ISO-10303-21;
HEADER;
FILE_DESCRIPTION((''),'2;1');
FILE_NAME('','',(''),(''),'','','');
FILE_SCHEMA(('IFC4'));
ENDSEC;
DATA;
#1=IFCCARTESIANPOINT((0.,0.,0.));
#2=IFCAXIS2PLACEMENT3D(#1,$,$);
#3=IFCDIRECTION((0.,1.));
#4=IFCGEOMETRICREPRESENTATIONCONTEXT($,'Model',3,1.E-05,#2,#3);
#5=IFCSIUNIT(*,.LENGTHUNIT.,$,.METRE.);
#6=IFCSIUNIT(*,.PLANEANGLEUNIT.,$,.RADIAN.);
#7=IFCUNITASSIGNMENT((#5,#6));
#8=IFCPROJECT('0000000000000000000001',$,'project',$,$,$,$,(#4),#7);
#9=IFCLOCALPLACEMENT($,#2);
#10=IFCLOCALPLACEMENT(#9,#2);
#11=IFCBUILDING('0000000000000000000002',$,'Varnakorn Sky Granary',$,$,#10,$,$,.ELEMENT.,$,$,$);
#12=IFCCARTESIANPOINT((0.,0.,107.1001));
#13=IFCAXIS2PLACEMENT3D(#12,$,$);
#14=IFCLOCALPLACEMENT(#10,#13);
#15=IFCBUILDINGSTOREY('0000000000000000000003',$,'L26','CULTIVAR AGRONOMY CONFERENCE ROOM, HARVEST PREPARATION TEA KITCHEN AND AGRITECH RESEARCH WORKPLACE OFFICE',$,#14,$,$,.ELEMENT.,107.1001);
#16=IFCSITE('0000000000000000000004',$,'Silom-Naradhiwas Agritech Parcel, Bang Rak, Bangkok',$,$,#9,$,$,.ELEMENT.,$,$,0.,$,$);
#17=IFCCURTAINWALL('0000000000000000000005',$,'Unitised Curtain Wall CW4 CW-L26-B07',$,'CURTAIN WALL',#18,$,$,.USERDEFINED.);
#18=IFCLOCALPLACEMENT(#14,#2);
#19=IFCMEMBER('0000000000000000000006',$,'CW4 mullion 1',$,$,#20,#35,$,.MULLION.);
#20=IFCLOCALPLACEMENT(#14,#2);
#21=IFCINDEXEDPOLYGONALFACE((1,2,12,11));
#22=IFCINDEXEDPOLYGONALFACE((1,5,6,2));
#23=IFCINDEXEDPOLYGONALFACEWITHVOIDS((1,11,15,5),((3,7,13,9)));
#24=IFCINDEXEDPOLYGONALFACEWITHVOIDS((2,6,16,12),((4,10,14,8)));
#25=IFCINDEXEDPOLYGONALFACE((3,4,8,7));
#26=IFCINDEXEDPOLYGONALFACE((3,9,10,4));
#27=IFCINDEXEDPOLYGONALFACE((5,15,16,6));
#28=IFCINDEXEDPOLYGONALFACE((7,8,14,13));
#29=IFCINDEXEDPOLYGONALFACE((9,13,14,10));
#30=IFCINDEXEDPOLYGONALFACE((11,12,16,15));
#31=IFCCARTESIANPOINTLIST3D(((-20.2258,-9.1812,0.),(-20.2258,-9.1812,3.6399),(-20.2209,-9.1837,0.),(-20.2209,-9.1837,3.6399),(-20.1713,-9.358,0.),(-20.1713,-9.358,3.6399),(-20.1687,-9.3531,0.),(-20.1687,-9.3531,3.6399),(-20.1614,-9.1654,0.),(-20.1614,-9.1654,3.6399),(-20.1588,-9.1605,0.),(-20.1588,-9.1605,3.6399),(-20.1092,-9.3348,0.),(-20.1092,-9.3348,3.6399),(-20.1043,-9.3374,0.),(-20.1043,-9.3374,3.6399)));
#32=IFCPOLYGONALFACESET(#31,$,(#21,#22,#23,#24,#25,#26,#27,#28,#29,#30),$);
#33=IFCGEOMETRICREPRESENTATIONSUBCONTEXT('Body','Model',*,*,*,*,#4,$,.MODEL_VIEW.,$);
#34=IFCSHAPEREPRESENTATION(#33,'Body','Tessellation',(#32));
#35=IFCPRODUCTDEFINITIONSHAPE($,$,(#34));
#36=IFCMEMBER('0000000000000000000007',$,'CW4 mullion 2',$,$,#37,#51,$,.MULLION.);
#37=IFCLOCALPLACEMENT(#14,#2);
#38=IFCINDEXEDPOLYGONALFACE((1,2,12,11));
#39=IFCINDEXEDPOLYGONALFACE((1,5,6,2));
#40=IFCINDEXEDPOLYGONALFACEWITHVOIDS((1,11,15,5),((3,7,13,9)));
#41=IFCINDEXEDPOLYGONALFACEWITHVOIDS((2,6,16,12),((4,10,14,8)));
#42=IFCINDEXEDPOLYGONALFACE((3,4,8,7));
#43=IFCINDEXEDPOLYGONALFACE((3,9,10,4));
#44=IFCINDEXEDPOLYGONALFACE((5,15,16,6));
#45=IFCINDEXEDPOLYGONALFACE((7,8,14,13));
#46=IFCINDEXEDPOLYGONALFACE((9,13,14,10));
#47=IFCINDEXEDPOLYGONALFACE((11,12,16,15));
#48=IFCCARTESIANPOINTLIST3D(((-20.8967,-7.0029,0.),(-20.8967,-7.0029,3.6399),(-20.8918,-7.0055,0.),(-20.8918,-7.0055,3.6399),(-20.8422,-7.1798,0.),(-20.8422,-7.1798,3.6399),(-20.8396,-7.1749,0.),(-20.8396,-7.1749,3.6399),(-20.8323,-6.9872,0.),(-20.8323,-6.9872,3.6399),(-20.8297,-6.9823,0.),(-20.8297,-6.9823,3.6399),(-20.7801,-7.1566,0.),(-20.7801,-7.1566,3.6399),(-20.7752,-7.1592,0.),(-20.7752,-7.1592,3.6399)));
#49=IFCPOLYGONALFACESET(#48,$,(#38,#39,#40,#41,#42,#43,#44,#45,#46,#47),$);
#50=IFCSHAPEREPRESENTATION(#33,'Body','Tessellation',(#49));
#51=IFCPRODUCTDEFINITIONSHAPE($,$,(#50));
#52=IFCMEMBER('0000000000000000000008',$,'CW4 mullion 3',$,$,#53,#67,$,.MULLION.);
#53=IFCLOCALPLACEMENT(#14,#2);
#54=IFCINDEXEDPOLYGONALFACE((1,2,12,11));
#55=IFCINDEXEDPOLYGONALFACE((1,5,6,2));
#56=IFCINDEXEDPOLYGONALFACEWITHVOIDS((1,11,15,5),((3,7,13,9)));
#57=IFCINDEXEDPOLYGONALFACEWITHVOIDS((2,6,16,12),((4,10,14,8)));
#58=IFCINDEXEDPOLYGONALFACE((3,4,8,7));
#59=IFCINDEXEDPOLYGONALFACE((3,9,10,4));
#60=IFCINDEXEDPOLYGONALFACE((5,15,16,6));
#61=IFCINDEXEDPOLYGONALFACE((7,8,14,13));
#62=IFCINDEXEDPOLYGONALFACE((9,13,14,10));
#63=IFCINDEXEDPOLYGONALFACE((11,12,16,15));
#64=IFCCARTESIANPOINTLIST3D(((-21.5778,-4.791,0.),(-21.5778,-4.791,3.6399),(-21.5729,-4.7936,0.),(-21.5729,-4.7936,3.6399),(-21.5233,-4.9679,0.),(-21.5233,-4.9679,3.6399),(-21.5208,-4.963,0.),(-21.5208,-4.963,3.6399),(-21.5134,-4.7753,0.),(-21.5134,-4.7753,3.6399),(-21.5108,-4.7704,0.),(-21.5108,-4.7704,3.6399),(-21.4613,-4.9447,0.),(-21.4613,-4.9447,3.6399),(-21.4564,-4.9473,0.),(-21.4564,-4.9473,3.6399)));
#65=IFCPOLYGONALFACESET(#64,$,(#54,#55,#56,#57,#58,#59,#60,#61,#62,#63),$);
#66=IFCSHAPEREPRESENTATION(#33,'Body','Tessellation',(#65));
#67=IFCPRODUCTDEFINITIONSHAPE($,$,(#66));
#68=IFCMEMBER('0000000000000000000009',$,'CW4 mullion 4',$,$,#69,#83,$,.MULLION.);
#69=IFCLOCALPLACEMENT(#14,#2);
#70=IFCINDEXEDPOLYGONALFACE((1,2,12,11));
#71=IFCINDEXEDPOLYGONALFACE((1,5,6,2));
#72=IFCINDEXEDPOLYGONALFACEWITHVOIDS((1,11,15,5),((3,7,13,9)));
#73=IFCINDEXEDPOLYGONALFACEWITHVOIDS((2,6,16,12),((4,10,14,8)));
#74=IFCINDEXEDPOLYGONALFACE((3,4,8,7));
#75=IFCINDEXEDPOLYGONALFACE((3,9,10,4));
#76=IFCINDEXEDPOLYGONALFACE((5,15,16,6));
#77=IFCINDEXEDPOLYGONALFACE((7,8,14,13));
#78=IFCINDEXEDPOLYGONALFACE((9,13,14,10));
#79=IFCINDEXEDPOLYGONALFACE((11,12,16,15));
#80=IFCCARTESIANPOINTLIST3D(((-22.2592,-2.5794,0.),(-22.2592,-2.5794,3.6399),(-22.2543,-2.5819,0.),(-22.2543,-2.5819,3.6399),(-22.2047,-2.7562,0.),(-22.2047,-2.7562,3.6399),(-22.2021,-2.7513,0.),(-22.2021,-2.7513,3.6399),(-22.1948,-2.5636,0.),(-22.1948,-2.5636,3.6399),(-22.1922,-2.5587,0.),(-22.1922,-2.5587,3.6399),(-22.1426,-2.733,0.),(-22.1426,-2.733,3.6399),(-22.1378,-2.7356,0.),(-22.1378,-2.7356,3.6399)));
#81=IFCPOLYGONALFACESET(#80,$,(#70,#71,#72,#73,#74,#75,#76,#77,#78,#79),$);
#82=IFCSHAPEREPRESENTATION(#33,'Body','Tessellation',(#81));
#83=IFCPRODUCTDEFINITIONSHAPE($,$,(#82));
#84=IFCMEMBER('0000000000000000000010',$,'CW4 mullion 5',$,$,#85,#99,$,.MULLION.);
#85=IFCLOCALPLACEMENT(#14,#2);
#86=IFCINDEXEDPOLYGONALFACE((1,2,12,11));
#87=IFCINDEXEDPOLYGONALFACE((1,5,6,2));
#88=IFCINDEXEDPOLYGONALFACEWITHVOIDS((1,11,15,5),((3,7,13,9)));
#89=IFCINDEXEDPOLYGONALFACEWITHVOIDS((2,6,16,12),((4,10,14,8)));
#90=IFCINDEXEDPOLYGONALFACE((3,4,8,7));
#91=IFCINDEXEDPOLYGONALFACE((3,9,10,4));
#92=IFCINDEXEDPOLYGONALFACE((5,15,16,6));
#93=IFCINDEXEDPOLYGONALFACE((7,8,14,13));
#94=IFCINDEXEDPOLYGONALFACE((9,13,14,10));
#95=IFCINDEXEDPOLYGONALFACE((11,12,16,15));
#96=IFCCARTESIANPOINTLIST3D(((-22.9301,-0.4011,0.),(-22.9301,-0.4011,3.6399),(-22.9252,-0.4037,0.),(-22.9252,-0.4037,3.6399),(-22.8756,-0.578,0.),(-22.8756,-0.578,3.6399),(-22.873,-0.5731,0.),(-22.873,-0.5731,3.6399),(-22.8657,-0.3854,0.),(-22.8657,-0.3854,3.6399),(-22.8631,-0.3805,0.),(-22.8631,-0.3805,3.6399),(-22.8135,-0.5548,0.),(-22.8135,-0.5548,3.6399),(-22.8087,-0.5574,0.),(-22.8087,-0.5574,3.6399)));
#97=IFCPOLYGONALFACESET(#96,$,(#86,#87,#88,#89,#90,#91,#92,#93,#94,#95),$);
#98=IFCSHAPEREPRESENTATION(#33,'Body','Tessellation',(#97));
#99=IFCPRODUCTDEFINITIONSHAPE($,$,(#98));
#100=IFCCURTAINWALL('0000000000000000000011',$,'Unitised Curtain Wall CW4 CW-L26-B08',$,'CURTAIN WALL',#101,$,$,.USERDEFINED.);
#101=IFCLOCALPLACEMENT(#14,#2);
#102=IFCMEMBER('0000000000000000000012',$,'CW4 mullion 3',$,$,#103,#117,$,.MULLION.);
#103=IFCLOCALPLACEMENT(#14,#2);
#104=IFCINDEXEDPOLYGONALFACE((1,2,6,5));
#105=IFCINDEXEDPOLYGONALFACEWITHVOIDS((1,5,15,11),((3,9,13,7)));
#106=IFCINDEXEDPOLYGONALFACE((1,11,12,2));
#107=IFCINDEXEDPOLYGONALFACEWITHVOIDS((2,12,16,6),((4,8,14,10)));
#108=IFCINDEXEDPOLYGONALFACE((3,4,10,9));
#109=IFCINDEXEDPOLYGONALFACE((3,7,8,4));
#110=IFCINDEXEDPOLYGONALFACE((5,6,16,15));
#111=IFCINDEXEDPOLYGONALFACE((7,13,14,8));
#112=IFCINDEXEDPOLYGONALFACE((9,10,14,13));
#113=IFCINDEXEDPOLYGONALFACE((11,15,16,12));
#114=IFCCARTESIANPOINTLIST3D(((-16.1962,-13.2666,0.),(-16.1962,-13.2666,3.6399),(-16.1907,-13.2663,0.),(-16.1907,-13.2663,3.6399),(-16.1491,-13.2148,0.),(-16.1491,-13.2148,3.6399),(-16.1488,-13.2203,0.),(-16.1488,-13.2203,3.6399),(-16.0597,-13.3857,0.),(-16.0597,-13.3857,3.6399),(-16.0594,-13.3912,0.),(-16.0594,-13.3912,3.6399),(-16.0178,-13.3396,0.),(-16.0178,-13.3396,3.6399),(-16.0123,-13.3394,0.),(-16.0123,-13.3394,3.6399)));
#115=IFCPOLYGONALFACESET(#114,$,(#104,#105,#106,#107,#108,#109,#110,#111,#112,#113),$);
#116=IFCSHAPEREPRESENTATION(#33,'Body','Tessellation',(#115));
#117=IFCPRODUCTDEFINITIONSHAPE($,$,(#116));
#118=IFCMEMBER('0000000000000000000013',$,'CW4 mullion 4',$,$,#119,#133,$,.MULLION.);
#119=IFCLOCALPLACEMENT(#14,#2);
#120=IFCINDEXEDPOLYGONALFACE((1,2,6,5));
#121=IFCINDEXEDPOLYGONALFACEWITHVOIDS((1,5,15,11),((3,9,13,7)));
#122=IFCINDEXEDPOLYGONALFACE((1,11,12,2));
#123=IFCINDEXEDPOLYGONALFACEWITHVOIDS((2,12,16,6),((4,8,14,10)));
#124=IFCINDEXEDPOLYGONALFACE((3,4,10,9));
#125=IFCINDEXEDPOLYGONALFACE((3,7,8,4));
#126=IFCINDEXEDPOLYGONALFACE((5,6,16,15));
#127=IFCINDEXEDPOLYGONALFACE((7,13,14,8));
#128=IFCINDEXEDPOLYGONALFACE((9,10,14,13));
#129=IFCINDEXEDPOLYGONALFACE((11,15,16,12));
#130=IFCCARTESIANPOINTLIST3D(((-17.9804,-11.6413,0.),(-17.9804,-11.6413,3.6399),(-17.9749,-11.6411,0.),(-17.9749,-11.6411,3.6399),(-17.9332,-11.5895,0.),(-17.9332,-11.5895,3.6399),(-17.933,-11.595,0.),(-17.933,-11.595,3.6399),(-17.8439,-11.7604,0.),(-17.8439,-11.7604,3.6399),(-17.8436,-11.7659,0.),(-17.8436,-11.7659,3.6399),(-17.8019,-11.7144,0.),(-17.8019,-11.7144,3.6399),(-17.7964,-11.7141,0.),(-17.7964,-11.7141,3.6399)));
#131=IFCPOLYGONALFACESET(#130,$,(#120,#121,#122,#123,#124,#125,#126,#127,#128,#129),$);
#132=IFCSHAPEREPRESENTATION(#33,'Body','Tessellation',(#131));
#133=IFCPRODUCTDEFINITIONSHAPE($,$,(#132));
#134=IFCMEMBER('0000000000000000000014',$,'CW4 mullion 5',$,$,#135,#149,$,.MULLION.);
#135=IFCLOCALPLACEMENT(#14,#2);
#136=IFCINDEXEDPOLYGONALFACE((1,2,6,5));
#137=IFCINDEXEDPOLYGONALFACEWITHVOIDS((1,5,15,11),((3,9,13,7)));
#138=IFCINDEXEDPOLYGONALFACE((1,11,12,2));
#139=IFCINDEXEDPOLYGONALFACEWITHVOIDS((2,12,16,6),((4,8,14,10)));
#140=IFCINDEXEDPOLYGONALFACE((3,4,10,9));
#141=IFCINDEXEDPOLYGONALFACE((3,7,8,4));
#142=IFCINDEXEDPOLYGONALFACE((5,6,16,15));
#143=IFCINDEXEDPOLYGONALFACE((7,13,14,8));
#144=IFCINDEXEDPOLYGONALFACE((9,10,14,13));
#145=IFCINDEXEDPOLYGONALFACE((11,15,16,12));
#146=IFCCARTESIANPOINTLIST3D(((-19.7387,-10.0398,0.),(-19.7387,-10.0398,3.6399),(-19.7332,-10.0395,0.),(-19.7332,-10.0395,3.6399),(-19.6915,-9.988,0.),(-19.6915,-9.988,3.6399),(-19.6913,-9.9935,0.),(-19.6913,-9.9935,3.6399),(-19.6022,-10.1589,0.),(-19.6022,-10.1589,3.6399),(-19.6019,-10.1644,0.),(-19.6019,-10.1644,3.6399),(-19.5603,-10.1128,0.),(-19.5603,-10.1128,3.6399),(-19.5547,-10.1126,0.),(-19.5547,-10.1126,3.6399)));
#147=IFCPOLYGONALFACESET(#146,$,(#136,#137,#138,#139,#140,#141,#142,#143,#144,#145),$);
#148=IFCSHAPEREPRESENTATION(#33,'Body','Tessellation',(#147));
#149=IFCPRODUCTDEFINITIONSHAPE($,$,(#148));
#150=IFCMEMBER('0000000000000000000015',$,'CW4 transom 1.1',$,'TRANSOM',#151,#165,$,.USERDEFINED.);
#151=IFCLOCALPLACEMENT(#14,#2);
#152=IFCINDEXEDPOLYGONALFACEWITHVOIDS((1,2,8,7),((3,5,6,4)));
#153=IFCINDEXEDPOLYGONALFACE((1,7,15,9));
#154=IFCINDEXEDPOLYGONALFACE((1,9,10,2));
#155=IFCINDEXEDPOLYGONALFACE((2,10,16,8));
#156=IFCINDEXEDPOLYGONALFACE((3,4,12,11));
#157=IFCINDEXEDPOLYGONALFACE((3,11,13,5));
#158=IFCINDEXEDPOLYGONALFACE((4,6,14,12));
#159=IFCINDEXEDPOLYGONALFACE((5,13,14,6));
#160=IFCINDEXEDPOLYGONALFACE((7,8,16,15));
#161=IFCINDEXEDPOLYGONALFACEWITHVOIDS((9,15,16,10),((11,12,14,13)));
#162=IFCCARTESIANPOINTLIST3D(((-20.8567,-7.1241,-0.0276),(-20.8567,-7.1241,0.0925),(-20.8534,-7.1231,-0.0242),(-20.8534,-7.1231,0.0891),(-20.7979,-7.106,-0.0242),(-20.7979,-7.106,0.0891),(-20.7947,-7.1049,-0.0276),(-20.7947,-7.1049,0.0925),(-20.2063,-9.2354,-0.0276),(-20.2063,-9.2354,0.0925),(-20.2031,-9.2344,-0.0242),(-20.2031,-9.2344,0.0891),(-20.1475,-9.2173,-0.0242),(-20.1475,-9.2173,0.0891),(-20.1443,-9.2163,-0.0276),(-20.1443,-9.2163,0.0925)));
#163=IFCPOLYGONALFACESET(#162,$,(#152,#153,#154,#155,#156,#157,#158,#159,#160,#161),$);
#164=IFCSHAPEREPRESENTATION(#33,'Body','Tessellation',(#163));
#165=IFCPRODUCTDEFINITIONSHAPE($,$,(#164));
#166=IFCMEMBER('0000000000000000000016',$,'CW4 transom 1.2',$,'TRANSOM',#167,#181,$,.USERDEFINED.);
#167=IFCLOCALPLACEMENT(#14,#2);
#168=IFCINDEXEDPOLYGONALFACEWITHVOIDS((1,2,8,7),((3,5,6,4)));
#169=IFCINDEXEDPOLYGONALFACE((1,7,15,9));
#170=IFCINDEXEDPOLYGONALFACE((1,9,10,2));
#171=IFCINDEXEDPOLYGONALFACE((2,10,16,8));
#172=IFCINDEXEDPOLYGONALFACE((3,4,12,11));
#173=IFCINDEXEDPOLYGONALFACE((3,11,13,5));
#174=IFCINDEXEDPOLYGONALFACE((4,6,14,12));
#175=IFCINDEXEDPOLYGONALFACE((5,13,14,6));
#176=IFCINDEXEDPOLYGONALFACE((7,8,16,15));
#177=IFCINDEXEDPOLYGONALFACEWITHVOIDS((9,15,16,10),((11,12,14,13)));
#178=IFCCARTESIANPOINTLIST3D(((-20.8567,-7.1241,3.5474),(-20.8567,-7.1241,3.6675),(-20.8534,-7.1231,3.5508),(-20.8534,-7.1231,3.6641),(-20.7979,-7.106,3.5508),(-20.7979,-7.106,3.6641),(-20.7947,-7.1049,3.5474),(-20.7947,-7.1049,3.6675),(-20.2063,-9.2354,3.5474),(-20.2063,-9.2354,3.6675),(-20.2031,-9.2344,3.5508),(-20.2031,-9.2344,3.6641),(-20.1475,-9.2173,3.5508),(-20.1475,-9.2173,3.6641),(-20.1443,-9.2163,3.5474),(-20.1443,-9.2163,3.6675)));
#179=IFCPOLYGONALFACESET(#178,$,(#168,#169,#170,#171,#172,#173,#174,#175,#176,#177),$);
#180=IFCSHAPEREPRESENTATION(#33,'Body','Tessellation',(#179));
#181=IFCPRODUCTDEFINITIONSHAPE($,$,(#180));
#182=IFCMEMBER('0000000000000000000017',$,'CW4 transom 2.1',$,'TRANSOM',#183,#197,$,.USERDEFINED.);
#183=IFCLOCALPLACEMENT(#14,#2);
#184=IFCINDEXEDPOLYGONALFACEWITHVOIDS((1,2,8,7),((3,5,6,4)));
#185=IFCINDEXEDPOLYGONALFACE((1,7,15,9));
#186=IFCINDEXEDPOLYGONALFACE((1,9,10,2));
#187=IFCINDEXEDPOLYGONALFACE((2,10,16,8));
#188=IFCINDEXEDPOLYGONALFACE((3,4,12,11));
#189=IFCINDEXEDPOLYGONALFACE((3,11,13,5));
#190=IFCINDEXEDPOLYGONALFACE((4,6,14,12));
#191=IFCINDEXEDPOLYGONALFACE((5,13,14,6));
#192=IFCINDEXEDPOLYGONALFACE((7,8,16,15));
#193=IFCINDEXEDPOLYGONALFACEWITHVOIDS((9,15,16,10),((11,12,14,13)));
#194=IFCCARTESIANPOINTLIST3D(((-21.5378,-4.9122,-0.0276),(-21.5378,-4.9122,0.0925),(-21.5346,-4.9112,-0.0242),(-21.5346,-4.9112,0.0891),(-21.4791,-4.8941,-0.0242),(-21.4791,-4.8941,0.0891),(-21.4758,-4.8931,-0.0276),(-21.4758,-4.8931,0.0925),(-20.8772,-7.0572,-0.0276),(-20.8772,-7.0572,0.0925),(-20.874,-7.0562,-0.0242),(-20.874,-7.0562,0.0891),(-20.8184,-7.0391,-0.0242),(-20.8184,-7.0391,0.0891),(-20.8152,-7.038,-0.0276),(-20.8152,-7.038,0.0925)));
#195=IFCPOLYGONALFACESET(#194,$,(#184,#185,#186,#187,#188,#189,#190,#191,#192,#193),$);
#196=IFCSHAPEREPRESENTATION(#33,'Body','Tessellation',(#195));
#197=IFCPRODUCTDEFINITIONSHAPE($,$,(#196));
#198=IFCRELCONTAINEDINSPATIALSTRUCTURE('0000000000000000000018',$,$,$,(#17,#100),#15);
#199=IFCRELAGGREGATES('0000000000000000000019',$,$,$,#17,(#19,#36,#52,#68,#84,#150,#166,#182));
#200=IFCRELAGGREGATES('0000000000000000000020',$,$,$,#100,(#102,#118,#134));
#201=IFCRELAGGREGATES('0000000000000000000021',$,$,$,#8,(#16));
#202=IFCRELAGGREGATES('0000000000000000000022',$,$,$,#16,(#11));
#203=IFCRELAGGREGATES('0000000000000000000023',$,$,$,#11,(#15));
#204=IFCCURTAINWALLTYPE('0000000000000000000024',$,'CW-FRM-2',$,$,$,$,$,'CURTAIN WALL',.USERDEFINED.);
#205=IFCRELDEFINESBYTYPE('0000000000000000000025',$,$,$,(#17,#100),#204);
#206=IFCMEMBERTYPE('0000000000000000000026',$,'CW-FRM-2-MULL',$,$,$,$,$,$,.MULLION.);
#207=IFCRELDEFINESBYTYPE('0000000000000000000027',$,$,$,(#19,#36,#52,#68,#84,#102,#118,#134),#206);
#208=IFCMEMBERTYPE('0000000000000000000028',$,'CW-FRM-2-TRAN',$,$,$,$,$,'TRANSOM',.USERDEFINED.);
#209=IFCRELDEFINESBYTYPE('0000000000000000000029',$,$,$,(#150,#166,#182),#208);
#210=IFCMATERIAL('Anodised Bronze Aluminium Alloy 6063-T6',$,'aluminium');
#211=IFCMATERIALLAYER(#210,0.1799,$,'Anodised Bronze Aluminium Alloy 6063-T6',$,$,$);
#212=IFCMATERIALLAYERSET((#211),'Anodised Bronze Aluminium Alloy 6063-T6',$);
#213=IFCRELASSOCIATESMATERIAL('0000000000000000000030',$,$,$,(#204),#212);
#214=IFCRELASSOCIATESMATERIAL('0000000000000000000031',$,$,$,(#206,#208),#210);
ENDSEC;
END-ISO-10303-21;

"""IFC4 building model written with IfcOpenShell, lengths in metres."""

from ifc_helpers import new_model, si_unit, direction, frame, origin, origin_2d, place, context, subcontext, project, spatial, hollow_rectangle, extrude, material, layer, layer_set, material_profile, profile_set, type_object, element, aggregate, save


model = new_model("IFC4")

# Units and contexts
model_context = context("Model", 3, precision=1e-05, world=origin(), true_north=direction((0.0, 1.0)))
body_context = subcontext(model_context, "Body", "Model", "MODEL_VIEW")
ifc_project = project(units=[si_unit("LENGTHUNIT", "METRE"), si_unit("PLANEANGLEUNIT", "RADIAN")], contexts=[model_context])

# Site, building, storey
site_placement = place(None, origin())
site = spatial("IfcSite", under=ifc_project, at=site_placement, Name="Silom-Naradhiwas Agritech Parcel, Bang Rak, Bangkok", CompositionType="ELEMENT", RefElevation=0.0)
building_placement = place(site_placement, origin())
building = spatial("IfcBuilding", under=site, at=building_placement, Name="Varnakorn Sky Granary", CompositionType="ELEMENT")
storey_placement = place(building_placement, frame((0.0, 0.0, 107.1001)))
storey = spatial("IfcBuildingStorey", under=building, at=storey_placement, Name="L26", Description="CULTIVAR AGRONOMY CONFERENCE ROOM, HARVEST PREPARATION TEA KITCHEN AND AGRITECH RESEARCH WORKPLACE OFFICE", CompositionType="ELEMENT", Elevation=107.1001)

# Curtain walls, members
ifc_material_1 = material(Name="Anodised Bronze Aluminium Alloy 6063-T6", Category="aluminium")
ifc_layer_1 = layer(ifc_material_1, 0.1799, Name="Anodised Bronze Aluminium Alloy 6063-T6")
ifc_layer_set_1 = layer_set([ifc_layer_1], Name="Anodised Bronze Aluminium Alloy 6063-T6")
curtain_wall_type = type_object("IfcCurtainWallType", Name="CW-FRM-2", ElementType="CURTAIN WALL", PredefinedType="USERDEFINED", material=ifc_layer_set_1)
curtain_wall_1_placement = place(storey_placement, origin())
curtain_wall_1 = element("IfcCurtainWall", 1, at=curtain_wall_1_placement, inside=storey, type_object=curtain_wall_type, Name="Unitised Curtain Wall CW4 CW-L26-B07", ObjectType="CURTAIN WALL", PredefinedType="USERDEFINED")
ifc_material_profile_1 = material_profile(ifc_material_1, hollow_rectangle(XDim=0.0701, YDim=0.1851, WallThickness=0.0039, at=origin_2d()), Name="ALU MULL 70x185")
ifc_profile_set_1 = profile_set([ifc_material_profile_1], Name="Anodised Bronze Aluminium Alloy 6063-T6")
member_type_1 = type_object("IfcMemberType", Name="CW-FRM-2-MULL", PredefinedType="MULLION", material=ifc_profile_set_1)
member_1_placement = place(storey_placement, frame((-20.165, -9.2593, 0.0), z_axis=(0.0, 0.0, 1.0), x_axis=(-0.955692, -0.29437, 0.0)))
member_1 = element("IfcMember", 2, at=member_1_placement, type_object=member_type_1, Name="CW4 mullion 1", PredefinedType="MULLION", context=body_context, shape_type="SweptSolid", body=[
    extrude(hollow_rectangle(XDim=0.0701, YDim=0.1851, WallThickness=0.0039, at=origin_2d()), origin(), (0.0, 0.0, 1.0), 3.6399),
])
member_2_placement = place(storey_placement, frame((-20.8359, -7.0811, 0.0), z_axis=(0.0, 0.0, 1.0), x_axis=(-0.955692, -0.29437, 0.0)))
member_2 = element("IfcMember", 3, at=member_2_placement, type_object=member_type_1, Name="CW4 mullion 2", PredefinedType="MULLION", context=body_context, shape_type="SweptSolid", body=[
    extrude(hollow_rectangle(XDim=0.0701, YDim=0.1851, WallThickness=0.0039, at=origin_2d()), origin(), (0.0, 0.0, 1.0), 3.6399),
])
member_3_placement = place(storey_placement, frame((-21.5171, -4.8691, 0.0), z_axis=(0.0, 0.0, 1.0), x_axis=(-0.955692, -0.29437, 0.0)))
member_3 = element("IfcMember", 4, at=member_3_placement, type_object=member_type_1, Name="CW4 mullion 3", PredefinedType="MULLION", context=body_context, shape_type="SweptSolid", body=[
    extrude(hollow_rectangle(XDim=0.0701, YDim=0.1851, WallThickness=0.0039, at=origin_2d()), origin(), (0.0, 0.0, 1.0), 3.6399),
])
member_4_placement = place(storey_placement, frame((-22.1985, -2.6575, 0.0), z_axis=(0.0, 0.0, 1.0), x_axis=(-0.955692, -0.29437, 0.0)))
member_4 = element("IfcMember", 5, at=member_4_placement, type_object=member_type_1, Name="CW4 mullion 4", PredefinedType="MULLION", context=body_context, shape_type="SweptSolid", body=[
    extrude(hollow_rectangle(XDim=0.0701, YDim=0.1851, WallThickness=0.0039, at=origin_2d()), origin(), (0.0, 0.0, 1.0), 3.6399),
])
member_5_placement = place(storey_placement, frame((-22.8694, -0.4792, 0.0), z_axis=(0.0, 0.0, 1.0), x_axis=(-0.955692, -0.29437, 0.0)))
member_5 = element("IfcMember", 6, at=member_5_placement, type_object=member_type_1, Name="CW4 mullion 5", PredefinedType="MULLION", context=body_context, shape_type="SweptSolid", body=[
    extrude(hollow_rectangle(XDim=0.0701, YDim=0.1851, WallThickness=0.0039, at=origin_2d()), origin(), (0.0, 0.0, 1.0), 3.6399),
])
curtain_wall_2_placement = place(storey_placement, origin())
curtain_wall_2 = element("IfcCurtainWall", 7, at=curtain_wall_2_placement, inside=storey, type_object=curtain_wall_type, Name="Unitised Curtain Wall CW4 CW-L26-B08", ObjectType="CURTAIN WALL", PredefinedType="USERDEFINED")
member_6_placement = place(storey_placement, frame((-16.1042, -13.303, 0.0), z_axis=(0.0, 0.0, 1.0), x_axis=(-0.673414, -0.739265, 0.0)))
member_6 = element("IfcMember", 8, at=member_6_placement, type_object=member_type_1, Name="CW4 mullion 3", PredefinedType="MULLION", context=body_context, shape_type="SweptSolid", body=[
    extrude(hollow_rectangle(XDim=0.0701, YDim=0.1851, WallThickness=0.0039, at=origin_2d()), origin(), (0.0, 0.0, 1.0), 3.6399),
])
member_7_placement = place(storey_placement, frame((-17.8884, -11.6777, 0.0), z_axis=(0.0, 0.0, 1.0), x_axis=(-0.673414, -0.739265, 0.0)))
member_7 = element("IfcMember", 9, at=member_7_placement, type_object=member_type_1, Name="CW4 mullion 4", PredefinedType="MULLION", context=body_context, shape_type="SweptSolid", body=[
    extrude(hollow_rectangle(XDim=0.0701, YDim=0.1851, WallThickness=0.0039, at=origin_2d()), origin(), (0.0, 0.0, 1.0), 3.6399),
])
member_8_placement = place(storey_placement, frame((-19.6467, -10.0762, 0.0), z_axis=(0.0, 0.0, 1.0), x_axis=(-0.673414, -0.739265, 0.0)))
member_8 = element("IfcMember", 10, at=member_8_placement, type_object=member_type_1, Name="CW4 mullion 5", PredefinedType="MULLION", context=body_context, shape_type="SweptSolid", body=[
    extrude(hollow_rectangle(XDim=0.0701, YDim=0.1851, WallThickness=0.0039, at=origin_2d()), origin(), (0.0, 0.0, 1.0), 3.6399),
])

# Members
ifc_material_profile_2 = material_profile(ifc_material_1, hollow_rectangle(XDim=0.0649, YDim=0.1201, WallThickness=0.0034, at=origin_2d()), Name="ALU TRAN 65x120")
ifc_profile_set_2 = profile_set([ifc_material_profile_2], Name="Anodised Bronze Aluminium Alloy 6063-T6")
member_type_2 = type_object("IfcMemberType", Name="CW-FRM-2-TRAN", ElementType="TRANSOM", PredefinedType="USERDEFINED", material=ifc_profile_set_2)
member_9_placement = place(storey_placement, frame((-20.1753, -9.2258, 0.0325), z_axis=(-0.294396, 0.955683, 0.0), x_axis=(-0.955683, -0.294396, 0.0)))
member_9 = element("IfcMember", 11, at=member_9_placement, type_object=member_type_2, Name="CW4 transom 1.1", ObjectType="TRANSOM", PredefinedType="USERDEFINED", context=body_context, shape_type="SweptSolid", body=[
    extrude(hollow_rectangle(XDim=0.0649, YDim=0.1201, WallThickness=0.0034, at=origin_2d()), origin(), (0.0, 0.0, 1.0), 2.2092),
])
member_10_placement = place(storey_placement, frame((-20.1753, -9.2258, 3.6074), z_axis=(-0.294396, 0.955683, 0.0), x_axis=(-0.955683, -0.294396, 0.0)))
member_10 = element("IfcMember", 12, at=member_10_placement, type_object=member_type_2, Name="CW4 transom 1.2", ObjectType="TRANSOM", PredefinedType="USERDEFINED", context=body_context, shape_type="SweptSolid", body=[
    extrude(hollow_rectangle(XDim=0.0649, YDim=0.1201, WallThickness=0.0034, at=origin_2d()), origin(), (0.0, 0.0, 1.0), 2.2092),
])
member_11_placement = place(storey_placement, frame((-20.8462, -7.0476, 0.0325), z_axis=(-0.294346, 0.955699, 0.0), x_axis=(-0.955699, -0.294346, 0.0)))
member_11 = element("IfcMember", 13, at=member_11_placement, type_object=member_type_2, Name="CW4 transom 2.1", ObjectType="TRANSOM", PredefinedType="USERDEFINED", context=body_context, shape_type="SweptSolid", body=[
    extrude(hollow_rectangle(XDim=0.0649, YDim=0.1201, WallThickness=0.0034, at=origin_2d()), origin(), (0.0, 0.0, 1.0), 2.2444),
])

aggregate(curtain_wall_1, [member_1, member_2, member_3, member_4, member_5, member_9, member_10, member_11])
aggregate(curtain_wall_2, [member_6, member_7, member_8])

save(model, "model.ifc")
